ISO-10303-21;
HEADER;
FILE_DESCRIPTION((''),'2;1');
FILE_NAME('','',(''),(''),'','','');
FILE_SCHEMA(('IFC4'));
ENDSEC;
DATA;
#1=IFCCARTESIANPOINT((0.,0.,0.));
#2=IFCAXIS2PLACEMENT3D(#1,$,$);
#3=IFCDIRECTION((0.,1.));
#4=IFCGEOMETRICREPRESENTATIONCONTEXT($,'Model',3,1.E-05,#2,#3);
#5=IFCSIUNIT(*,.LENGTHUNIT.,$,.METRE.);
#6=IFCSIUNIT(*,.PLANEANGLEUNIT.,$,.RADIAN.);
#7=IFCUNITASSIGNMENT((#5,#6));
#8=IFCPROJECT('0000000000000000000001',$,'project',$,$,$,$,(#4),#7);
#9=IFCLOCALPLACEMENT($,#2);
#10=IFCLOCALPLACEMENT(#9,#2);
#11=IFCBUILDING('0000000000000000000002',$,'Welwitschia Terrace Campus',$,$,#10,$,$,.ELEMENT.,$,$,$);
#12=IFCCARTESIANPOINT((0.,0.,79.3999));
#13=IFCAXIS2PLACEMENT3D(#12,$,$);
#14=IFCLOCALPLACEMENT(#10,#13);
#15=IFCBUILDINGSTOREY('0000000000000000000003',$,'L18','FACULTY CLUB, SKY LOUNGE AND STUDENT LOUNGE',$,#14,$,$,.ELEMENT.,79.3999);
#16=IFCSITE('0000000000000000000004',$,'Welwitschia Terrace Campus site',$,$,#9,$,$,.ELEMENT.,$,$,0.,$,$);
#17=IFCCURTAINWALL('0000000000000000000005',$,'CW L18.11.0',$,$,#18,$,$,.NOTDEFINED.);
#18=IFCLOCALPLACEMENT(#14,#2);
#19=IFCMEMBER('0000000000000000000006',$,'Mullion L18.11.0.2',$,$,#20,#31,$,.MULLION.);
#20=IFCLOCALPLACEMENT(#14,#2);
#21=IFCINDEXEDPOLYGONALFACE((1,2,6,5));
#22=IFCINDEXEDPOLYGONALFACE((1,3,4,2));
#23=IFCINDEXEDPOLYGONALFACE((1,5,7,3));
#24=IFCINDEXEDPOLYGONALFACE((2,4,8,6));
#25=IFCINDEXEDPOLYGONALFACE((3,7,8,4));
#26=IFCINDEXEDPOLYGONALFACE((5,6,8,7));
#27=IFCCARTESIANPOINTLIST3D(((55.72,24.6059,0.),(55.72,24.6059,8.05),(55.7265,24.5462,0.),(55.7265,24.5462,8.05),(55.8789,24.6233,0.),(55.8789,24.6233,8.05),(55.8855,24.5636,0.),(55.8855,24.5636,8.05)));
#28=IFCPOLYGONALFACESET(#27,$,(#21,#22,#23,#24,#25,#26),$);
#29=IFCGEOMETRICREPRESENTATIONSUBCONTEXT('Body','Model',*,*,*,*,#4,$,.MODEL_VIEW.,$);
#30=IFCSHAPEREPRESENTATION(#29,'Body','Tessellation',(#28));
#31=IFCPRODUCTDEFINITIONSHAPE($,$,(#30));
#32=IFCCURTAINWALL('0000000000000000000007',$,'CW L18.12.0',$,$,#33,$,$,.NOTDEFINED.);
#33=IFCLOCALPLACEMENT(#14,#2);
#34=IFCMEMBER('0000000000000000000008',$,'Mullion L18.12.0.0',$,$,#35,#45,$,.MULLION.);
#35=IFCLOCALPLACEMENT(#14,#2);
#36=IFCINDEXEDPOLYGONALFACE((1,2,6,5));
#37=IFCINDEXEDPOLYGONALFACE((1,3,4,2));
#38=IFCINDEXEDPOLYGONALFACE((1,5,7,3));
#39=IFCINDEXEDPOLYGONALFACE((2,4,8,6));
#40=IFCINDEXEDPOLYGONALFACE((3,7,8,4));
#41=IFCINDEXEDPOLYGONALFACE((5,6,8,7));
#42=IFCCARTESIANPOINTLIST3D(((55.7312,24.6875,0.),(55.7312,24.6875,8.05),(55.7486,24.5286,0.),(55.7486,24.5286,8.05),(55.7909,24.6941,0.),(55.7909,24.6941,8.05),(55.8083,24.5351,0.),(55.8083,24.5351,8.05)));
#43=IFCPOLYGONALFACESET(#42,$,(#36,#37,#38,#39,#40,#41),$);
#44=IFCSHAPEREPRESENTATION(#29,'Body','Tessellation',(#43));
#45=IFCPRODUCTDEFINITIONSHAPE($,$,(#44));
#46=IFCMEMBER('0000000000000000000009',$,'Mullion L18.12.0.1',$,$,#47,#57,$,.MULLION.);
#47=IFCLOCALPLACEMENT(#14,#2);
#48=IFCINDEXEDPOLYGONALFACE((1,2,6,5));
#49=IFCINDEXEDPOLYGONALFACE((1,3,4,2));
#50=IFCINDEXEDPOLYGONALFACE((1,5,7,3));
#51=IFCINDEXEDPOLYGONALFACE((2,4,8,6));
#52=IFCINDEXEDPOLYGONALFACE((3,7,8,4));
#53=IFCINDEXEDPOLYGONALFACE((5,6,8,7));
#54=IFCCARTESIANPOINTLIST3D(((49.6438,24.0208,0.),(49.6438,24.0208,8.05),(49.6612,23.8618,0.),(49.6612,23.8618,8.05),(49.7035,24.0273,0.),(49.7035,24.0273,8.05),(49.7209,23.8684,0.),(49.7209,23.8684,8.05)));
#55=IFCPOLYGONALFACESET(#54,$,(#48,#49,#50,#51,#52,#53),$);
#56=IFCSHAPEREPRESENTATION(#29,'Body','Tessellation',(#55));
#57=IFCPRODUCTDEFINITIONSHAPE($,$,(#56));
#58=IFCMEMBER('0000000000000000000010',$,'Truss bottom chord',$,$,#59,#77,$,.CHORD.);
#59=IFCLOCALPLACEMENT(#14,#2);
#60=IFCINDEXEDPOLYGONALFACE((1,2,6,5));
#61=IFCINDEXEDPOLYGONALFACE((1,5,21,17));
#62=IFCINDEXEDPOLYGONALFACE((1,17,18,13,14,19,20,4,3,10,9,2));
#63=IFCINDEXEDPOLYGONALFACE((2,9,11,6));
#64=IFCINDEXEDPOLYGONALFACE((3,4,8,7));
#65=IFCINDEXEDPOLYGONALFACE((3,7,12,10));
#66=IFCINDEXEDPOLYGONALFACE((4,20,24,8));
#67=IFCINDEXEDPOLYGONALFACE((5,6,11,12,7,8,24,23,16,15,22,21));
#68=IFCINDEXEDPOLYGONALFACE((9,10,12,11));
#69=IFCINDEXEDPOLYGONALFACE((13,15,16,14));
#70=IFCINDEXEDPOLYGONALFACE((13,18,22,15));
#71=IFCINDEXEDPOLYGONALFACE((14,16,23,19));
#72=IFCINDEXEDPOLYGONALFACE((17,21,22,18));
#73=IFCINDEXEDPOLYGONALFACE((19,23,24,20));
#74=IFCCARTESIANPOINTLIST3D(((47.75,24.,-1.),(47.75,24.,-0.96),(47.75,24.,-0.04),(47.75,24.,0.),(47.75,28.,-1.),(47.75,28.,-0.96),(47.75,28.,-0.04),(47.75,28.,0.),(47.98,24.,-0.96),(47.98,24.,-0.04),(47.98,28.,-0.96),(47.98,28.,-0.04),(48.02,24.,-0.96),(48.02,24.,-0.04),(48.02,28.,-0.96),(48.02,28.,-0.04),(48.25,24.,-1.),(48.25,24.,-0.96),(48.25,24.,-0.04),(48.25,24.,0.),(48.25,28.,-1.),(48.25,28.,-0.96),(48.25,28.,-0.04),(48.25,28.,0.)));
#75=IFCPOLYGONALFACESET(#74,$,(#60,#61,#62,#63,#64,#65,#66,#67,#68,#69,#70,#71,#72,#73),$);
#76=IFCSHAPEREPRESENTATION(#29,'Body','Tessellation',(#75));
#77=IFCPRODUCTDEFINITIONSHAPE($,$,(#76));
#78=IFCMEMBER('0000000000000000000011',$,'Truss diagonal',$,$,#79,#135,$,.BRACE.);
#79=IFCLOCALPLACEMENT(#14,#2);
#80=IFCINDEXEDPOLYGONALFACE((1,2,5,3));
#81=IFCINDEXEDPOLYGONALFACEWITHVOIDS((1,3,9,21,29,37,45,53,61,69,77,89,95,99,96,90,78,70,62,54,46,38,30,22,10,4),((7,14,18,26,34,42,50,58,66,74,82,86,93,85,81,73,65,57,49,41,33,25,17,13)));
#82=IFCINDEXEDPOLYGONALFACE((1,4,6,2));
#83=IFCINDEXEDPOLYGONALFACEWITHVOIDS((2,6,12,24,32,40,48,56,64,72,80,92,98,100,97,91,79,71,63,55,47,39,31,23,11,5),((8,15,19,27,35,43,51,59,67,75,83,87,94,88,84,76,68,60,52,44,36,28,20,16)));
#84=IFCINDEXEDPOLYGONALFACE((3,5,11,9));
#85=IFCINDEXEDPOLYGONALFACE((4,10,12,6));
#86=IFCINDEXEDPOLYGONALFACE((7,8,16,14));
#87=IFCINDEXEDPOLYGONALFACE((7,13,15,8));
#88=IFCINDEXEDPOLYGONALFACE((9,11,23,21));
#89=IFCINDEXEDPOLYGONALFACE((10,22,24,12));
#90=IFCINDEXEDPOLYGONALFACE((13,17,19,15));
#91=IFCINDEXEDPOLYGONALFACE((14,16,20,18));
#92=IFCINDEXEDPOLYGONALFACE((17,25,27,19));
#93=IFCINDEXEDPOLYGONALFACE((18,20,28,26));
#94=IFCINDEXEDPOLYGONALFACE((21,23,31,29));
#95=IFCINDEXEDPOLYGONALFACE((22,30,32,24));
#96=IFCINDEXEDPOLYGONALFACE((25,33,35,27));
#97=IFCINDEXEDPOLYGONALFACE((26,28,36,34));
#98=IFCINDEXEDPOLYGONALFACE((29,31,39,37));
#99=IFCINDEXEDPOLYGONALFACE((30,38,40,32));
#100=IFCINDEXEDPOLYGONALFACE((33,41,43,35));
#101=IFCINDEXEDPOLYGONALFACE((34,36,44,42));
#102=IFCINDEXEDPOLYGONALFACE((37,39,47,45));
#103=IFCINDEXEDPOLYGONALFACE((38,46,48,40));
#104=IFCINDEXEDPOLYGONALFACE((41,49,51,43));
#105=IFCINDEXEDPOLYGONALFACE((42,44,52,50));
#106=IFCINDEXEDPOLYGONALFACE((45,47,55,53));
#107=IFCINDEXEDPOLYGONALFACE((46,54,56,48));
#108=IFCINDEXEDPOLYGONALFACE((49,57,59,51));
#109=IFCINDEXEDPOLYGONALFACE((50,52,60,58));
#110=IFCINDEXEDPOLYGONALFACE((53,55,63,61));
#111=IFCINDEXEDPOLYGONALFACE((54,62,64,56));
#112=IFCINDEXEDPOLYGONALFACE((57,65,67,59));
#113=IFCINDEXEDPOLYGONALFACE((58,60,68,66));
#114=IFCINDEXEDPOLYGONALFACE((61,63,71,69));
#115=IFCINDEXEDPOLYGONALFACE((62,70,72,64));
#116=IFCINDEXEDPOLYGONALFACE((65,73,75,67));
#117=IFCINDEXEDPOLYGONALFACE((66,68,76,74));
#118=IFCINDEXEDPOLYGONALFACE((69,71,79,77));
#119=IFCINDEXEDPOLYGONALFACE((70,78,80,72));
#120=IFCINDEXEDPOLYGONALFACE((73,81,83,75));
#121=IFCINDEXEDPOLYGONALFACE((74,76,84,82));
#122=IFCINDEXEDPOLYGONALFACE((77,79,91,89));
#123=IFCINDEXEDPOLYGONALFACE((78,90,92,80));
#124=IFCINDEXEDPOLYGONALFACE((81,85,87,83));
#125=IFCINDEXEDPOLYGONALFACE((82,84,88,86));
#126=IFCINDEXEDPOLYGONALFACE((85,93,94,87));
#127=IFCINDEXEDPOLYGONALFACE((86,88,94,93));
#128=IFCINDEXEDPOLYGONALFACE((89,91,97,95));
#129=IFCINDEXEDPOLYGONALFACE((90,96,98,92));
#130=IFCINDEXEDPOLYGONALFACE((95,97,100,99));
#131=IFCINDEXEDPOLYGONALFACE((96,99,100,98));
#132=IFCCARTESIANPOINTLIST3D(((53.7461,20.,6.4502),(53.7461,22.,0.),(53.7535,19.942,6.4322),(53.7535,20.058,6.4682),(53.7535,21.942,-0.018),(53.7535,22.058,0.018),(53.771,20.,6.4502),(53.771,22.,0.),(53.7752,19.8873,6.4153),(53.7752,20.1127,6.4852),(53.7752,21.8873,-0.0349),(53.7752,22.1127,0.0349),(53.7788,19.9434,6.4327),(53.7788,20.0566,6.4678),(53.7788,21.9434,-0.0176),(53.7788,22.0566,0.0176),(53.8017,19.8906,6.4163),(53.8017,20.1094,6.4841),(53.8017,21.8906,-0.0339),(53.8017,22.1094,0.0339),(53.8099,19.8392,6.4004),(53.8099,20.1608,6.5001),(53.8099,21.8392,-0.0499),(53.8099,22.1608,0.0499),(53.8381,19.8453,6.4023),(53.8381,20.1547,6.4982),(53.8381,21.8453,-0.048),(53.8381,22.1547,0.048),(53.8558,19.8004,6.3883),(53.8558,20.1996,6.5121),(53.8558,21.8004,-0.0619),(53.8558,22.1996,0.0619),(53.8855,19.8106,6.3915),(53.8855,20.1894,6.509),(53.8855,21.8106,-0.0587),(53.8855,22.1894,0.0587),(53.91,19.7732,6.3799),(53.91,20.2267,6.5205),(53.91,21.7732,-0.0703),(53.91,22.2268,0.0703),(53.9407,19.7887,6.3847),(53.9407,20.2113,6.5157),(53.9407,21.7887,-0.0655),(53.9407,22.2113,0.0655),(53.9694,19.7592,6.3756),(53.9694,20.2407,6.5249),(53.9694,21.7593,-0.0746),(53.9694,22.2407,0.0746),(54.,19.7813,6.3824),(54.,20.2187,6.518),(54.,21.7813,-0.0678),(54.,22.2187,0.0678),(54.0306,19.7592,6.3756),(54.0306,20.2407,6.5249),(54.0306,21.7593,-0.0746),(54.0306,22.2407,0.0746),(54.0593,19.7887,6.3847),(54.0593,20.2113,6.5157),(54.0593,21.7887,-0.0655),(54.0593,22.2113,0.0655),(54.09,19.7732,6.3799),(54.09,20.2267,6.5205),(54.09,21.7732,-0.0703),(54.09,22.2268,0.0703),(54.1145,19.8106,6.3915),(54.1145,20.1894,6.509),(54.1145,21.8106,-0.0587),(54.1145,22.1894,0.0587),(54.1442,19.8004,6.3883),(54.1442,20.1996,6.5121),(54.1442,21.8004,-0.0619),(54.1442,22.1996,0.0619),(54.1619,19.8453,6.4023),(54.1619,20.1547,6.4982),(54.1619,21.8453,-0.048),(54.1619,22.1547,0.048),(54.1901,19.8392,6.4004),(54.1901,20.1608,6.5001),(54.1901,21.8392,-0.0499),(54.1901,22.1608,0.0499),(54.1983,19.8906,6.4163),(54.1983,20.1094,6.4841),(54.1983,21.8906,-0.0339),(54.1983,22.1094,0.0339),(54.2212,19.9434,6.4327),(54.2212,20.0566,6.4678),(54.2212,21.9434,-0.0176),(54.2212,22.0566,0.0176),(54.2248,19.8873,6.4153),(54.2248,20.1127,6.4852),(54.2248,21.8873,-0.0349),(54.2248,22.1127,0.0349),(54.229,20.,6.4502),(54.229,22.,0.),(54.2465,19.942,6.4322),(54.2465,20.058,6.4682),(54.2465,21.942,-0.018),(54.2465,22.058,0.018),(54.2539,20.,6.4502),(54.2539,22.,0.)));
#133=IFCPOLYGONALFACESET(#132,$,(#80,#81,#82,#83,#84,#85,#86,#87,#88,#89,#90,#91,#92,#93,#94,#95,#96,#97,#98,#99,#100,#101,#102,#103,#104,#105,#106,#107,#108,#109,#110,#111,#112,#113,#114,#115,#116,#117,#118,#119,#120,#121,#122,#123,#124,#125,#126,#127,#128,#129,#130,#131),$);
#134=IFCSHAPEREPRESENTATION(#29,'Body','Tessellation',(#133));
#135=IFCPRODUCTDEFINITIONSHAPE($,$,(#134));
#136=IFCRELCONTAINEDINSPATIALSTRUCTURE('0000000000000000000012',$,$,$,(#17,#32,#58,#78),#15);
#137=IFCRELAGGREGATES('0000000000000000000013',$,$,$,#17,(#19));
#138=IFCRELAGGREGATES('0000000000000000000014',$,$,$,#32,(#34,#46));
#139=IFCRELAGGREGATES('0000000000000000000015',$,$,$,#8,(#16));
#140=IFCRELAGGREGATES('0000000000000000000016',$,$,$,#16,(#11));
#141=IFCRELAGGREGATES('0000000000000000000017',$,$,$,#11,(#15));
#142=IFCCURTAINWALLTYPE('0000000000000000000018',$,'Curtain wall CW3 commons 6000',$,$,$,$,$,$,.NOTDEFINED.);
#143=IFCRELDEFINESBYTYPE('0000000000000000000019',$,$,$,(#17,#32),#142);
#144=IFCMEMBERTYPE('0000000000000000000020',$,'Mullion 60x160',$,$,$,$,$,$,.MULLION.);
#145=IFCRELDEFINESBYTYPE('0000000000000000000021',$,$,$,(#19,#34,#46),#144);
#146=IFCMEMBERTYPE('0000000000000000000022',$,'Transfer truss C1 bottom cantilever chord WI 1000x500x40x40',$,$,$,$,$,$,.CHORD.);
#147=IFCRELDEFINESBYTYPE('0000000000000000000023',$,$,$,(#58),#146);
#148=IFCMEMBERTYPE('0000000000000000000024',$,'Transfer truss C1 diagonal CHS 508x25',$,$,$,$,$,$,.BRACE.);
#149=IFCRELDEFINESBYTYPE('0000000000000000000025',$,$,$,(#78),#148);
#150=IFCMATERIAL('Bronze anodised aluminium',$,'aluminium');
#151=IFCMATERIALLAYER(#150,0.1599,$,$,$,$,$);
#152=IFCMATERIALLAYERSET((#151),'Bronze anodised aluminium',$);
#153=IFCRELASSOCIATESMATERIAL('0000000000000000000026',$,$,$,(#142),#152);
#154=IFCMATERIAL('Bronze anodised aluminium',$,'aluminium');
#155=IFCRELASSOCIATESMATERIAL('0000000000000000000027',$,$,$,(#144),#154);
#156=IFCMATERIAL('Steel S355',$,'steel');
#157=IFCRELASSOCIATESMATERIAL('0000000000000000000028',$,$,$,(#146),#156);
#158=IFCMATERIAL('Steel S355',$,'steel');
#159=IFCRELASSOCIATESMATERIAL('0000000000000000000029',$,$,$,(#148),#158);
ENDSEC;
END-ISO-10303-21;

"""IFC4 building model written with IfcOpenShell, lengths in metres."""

from ifc_helpers import new_model, si_unit, direction, frame, origin, origin_2d, place, context, subcontext, project, spatial, rectangle, hollow_circle, i_section, extrude, material, layer, layer_set, material_profile, profile_set, type_object, element, aggregate, save


model = new_model("IFC4")

# Units and contexts
model_context = context("Model", 3, precision=1e-05, world=origin(), true_north=direction((0.0, 1.0)))
body_context = subcontext(model_context, "Body", "Model", "MODEL_VIEW")
ifc_project = project(units=[si_unit("LENGTHUNIT", "METRE"), si_unit("PLANEANGLEUNIT", "RADIAN")], contexts=[model_context])

# Site, building, storey
site_placement = place(None, origin())
site = spatial("IfcSite", under=ifc_project, at=site_placement, Name="Welwitschia Terrace Campus site", CompositionType="ELEMENT", RefElevation=0.0)
building_placement = place(site_placement, origin())
building = spatial("IfcBuilding", under=site, at=building_placement, Name="Welwitschia Terrace Campus", CompositionType="ELEMENT")
storey_placement = place(building_placement, frame((0.0, 0.0, 79.3999)))
storey = spatial("IfcBuildingStorey", under=building, at=storey_placement, Name="L18", Description="FACULTY CLUB, SKY LOUNGE AND STUDENT LOUNGE", CompositionType="ELEMENT", Elevation=79.3999)

# Curtain wall, member
ifc_material_1 = material(Name="Bronze anodised aluminium", Category="aluminium")
ifc_layer_1 = layer(ifc_material_1, 0.1599)
ifc_layer_set_1 = layer_set([ifc_layer_1], Name="Bronze anodised aluminium")
curtain_wall_type = type_object("IfcCurtainWallType", Name="Curtain wall CW3 commons 6000", PredefinedType="NOTDEFINED", material=ifc_layer_set_1)
curtain_wall_1_placement = place(storey_placement, origin())
curtain_wall_1 = element("IfcCurtainWall", 1, at=curtain_wall_1_placement, inside=storey, type_object=curtain_wall_type, Name="CW L18.11.0", PredefinedType="NOTDEFINED")
ifc_material_2 = material(Name="Bronze anodised aluminium", Category="aluminium")
ifc_material_profile_1 = material_profile(ifc_material_2, rectangle(XDim=0.1599, YDim=0.0601, at=origin_2d()))
ifc_profile_set_1 = profile_set([ifc_material_profile_1], Name="Bronze anodised aluminium")
member_type_1 = type_object("IfcMemberType", Name="Mullion 60x160", PredefinedType="MULLION", material=ifc_profile_set_1)
member_1_placement = place(storey_placement, frame((55.8027, 24.5847, 0.0), z_axis=(0.0, 0.0, 1.0), x_axis=(-0.994056, -0.108867, 0.0)))
member_1 = element("IfcMember", 2, at=member_1_placement, type_object=member_type_1, Name="Mullion L18.11.0.2", PredefinedType="MULLION", context=body_context, shape_type="SweptSolid", body=[
    extrude(rectangle(XDim=0.1599, YDim=0.0601, at=origin_2d()), origin(), (0.0, 0.0, 1.0), 8.05),
])

# Curtain wall, members
curtain_wall_2_placement = place(storey_placement, origin())
curtain_wall_2 = element("IfcCurtainWall", 3, at=curtain_wall_2_placement, inside=storey, type_object=curtain_wall_type, Name="CW L18.12.0", PredefinedType="NOTDEFINED")
member_2_placement = place(storey_placement, frame((55.7698, 24.6113, 0.0), z_axis=(0.0, 0.0, 1.0), x_axis=(0.108867, -0.994056, 0.0)))
member_2 = element("IfcMember", 4, at=member_2_placement, type_object=member_type_1, Name="Mullion L18.12.0.0", PredefinedType="MULLION", context=body_context, shape_type="SweptSolid", body=[
    extrude(rectangle(XDim=0.1599, YDim=0.0601, at=origin_2d()), origin(), (0.0, 0.0, 1.0), 8.05),
])
member_3_placement = place(storey_placement, frame((49.6824, 23.9446, 0.0), z_axis=(0.0, 0.0, 1.0), x_axis=(0.108867, -0.994056, 0.0)))
member_3 = element("IfcMember", 5, at=member_3_placement, type_object=member_type_1, Name="Mullion L18.12.0.1", PredefinedType="MULLION", context=body_context, shape_type="SweptSolid", body=[
    extrude(rectangle(XDim=0.1599, YDim=0.0601, at=origin_2d()), origin(), (0.0, 0.0, 1.0), 8.05),
])

# Members
ifc_material_3 = material(Name="Steel S355", Category="steel")
ifc_material_profile_2 = material_profile(ifc_material_3, i_section(OverallWidth=0.5, OverallDepth=1.0, WebThickness=0.04, FlangeThickness=0.04, at=origin_2d()))
ifc_profile_set_2 = profile_set([ifc_material_profile_2], Name="Steel S355")
member_type_2 = type_object("IfcMemberType", Name="Transfer truss C1 bottom cantilever chord WI 1000x500x40x40", PredefinedType="CHORD", material=ifc_profile_set_2)
member_4_placement = place(storey_placement, frame((48.0, 24.0, -0.5), z_axis=(0.0, 1.0, 0.0), x_axis=(-1.0, 0.0, 0.0)))
element("IfcMember", 6, at=member_4_placement, inside=storey, type_object=member_type_2, Name="Truss bottom chord", PredefinedType="CHORD", context=body_context, shape_type="SweptSolid", body=[
    extrude(i_section(OverallWidth=0.5, OverallDepth=1.0, WebThickness=0.04, FlangeThickness=0.04, at=origin_2d()), origin(), (0.0, 0.0, 1.0), 4.0),
])
ifc_material_4 = material(Name="Steel S355", Category="steel")
ifc_material_profile_3 = material_profile(ifc_material_4, hollow_circle(Radius=0.2539, WallThickness=0.0249, at=origin_2d()))
ifc_profile_set_3 = profile_set([ifc_material_profile_3], Name="Steel S355")
member_type_3 = type_object("IfcMemberType", Name="Transfer truss C1 diagonal CHS 508x25", PredefinedType="BRACE", material=ifc_profile_set_3)
member_5_placement = place(storey_placement, frame((54.0, 22.0, 0.0), z_axis=(0.0, -0.296158, 0.955139), x_axis=(1.0, 0.0, 0.0)))
element("IfcMember", 7, at=member_5_placement, inside=storey, type_object=member_type_3, Name="Truss diagonal", PredefinedType="BRACE", context=body_context, shape_type="SweptSolid", body=[
    extrude(hollow_circle(Radius=0.2539, WallThickness=0.0249, at=origin_2d()), origin(), (0.0, 0.0, 1.0), 6.7532),
])

aggregate(curtain_wall_1, [member_1])
aggregate(curtain_wall_2, [member_2, member_3])

save(model, "model.ifc")
